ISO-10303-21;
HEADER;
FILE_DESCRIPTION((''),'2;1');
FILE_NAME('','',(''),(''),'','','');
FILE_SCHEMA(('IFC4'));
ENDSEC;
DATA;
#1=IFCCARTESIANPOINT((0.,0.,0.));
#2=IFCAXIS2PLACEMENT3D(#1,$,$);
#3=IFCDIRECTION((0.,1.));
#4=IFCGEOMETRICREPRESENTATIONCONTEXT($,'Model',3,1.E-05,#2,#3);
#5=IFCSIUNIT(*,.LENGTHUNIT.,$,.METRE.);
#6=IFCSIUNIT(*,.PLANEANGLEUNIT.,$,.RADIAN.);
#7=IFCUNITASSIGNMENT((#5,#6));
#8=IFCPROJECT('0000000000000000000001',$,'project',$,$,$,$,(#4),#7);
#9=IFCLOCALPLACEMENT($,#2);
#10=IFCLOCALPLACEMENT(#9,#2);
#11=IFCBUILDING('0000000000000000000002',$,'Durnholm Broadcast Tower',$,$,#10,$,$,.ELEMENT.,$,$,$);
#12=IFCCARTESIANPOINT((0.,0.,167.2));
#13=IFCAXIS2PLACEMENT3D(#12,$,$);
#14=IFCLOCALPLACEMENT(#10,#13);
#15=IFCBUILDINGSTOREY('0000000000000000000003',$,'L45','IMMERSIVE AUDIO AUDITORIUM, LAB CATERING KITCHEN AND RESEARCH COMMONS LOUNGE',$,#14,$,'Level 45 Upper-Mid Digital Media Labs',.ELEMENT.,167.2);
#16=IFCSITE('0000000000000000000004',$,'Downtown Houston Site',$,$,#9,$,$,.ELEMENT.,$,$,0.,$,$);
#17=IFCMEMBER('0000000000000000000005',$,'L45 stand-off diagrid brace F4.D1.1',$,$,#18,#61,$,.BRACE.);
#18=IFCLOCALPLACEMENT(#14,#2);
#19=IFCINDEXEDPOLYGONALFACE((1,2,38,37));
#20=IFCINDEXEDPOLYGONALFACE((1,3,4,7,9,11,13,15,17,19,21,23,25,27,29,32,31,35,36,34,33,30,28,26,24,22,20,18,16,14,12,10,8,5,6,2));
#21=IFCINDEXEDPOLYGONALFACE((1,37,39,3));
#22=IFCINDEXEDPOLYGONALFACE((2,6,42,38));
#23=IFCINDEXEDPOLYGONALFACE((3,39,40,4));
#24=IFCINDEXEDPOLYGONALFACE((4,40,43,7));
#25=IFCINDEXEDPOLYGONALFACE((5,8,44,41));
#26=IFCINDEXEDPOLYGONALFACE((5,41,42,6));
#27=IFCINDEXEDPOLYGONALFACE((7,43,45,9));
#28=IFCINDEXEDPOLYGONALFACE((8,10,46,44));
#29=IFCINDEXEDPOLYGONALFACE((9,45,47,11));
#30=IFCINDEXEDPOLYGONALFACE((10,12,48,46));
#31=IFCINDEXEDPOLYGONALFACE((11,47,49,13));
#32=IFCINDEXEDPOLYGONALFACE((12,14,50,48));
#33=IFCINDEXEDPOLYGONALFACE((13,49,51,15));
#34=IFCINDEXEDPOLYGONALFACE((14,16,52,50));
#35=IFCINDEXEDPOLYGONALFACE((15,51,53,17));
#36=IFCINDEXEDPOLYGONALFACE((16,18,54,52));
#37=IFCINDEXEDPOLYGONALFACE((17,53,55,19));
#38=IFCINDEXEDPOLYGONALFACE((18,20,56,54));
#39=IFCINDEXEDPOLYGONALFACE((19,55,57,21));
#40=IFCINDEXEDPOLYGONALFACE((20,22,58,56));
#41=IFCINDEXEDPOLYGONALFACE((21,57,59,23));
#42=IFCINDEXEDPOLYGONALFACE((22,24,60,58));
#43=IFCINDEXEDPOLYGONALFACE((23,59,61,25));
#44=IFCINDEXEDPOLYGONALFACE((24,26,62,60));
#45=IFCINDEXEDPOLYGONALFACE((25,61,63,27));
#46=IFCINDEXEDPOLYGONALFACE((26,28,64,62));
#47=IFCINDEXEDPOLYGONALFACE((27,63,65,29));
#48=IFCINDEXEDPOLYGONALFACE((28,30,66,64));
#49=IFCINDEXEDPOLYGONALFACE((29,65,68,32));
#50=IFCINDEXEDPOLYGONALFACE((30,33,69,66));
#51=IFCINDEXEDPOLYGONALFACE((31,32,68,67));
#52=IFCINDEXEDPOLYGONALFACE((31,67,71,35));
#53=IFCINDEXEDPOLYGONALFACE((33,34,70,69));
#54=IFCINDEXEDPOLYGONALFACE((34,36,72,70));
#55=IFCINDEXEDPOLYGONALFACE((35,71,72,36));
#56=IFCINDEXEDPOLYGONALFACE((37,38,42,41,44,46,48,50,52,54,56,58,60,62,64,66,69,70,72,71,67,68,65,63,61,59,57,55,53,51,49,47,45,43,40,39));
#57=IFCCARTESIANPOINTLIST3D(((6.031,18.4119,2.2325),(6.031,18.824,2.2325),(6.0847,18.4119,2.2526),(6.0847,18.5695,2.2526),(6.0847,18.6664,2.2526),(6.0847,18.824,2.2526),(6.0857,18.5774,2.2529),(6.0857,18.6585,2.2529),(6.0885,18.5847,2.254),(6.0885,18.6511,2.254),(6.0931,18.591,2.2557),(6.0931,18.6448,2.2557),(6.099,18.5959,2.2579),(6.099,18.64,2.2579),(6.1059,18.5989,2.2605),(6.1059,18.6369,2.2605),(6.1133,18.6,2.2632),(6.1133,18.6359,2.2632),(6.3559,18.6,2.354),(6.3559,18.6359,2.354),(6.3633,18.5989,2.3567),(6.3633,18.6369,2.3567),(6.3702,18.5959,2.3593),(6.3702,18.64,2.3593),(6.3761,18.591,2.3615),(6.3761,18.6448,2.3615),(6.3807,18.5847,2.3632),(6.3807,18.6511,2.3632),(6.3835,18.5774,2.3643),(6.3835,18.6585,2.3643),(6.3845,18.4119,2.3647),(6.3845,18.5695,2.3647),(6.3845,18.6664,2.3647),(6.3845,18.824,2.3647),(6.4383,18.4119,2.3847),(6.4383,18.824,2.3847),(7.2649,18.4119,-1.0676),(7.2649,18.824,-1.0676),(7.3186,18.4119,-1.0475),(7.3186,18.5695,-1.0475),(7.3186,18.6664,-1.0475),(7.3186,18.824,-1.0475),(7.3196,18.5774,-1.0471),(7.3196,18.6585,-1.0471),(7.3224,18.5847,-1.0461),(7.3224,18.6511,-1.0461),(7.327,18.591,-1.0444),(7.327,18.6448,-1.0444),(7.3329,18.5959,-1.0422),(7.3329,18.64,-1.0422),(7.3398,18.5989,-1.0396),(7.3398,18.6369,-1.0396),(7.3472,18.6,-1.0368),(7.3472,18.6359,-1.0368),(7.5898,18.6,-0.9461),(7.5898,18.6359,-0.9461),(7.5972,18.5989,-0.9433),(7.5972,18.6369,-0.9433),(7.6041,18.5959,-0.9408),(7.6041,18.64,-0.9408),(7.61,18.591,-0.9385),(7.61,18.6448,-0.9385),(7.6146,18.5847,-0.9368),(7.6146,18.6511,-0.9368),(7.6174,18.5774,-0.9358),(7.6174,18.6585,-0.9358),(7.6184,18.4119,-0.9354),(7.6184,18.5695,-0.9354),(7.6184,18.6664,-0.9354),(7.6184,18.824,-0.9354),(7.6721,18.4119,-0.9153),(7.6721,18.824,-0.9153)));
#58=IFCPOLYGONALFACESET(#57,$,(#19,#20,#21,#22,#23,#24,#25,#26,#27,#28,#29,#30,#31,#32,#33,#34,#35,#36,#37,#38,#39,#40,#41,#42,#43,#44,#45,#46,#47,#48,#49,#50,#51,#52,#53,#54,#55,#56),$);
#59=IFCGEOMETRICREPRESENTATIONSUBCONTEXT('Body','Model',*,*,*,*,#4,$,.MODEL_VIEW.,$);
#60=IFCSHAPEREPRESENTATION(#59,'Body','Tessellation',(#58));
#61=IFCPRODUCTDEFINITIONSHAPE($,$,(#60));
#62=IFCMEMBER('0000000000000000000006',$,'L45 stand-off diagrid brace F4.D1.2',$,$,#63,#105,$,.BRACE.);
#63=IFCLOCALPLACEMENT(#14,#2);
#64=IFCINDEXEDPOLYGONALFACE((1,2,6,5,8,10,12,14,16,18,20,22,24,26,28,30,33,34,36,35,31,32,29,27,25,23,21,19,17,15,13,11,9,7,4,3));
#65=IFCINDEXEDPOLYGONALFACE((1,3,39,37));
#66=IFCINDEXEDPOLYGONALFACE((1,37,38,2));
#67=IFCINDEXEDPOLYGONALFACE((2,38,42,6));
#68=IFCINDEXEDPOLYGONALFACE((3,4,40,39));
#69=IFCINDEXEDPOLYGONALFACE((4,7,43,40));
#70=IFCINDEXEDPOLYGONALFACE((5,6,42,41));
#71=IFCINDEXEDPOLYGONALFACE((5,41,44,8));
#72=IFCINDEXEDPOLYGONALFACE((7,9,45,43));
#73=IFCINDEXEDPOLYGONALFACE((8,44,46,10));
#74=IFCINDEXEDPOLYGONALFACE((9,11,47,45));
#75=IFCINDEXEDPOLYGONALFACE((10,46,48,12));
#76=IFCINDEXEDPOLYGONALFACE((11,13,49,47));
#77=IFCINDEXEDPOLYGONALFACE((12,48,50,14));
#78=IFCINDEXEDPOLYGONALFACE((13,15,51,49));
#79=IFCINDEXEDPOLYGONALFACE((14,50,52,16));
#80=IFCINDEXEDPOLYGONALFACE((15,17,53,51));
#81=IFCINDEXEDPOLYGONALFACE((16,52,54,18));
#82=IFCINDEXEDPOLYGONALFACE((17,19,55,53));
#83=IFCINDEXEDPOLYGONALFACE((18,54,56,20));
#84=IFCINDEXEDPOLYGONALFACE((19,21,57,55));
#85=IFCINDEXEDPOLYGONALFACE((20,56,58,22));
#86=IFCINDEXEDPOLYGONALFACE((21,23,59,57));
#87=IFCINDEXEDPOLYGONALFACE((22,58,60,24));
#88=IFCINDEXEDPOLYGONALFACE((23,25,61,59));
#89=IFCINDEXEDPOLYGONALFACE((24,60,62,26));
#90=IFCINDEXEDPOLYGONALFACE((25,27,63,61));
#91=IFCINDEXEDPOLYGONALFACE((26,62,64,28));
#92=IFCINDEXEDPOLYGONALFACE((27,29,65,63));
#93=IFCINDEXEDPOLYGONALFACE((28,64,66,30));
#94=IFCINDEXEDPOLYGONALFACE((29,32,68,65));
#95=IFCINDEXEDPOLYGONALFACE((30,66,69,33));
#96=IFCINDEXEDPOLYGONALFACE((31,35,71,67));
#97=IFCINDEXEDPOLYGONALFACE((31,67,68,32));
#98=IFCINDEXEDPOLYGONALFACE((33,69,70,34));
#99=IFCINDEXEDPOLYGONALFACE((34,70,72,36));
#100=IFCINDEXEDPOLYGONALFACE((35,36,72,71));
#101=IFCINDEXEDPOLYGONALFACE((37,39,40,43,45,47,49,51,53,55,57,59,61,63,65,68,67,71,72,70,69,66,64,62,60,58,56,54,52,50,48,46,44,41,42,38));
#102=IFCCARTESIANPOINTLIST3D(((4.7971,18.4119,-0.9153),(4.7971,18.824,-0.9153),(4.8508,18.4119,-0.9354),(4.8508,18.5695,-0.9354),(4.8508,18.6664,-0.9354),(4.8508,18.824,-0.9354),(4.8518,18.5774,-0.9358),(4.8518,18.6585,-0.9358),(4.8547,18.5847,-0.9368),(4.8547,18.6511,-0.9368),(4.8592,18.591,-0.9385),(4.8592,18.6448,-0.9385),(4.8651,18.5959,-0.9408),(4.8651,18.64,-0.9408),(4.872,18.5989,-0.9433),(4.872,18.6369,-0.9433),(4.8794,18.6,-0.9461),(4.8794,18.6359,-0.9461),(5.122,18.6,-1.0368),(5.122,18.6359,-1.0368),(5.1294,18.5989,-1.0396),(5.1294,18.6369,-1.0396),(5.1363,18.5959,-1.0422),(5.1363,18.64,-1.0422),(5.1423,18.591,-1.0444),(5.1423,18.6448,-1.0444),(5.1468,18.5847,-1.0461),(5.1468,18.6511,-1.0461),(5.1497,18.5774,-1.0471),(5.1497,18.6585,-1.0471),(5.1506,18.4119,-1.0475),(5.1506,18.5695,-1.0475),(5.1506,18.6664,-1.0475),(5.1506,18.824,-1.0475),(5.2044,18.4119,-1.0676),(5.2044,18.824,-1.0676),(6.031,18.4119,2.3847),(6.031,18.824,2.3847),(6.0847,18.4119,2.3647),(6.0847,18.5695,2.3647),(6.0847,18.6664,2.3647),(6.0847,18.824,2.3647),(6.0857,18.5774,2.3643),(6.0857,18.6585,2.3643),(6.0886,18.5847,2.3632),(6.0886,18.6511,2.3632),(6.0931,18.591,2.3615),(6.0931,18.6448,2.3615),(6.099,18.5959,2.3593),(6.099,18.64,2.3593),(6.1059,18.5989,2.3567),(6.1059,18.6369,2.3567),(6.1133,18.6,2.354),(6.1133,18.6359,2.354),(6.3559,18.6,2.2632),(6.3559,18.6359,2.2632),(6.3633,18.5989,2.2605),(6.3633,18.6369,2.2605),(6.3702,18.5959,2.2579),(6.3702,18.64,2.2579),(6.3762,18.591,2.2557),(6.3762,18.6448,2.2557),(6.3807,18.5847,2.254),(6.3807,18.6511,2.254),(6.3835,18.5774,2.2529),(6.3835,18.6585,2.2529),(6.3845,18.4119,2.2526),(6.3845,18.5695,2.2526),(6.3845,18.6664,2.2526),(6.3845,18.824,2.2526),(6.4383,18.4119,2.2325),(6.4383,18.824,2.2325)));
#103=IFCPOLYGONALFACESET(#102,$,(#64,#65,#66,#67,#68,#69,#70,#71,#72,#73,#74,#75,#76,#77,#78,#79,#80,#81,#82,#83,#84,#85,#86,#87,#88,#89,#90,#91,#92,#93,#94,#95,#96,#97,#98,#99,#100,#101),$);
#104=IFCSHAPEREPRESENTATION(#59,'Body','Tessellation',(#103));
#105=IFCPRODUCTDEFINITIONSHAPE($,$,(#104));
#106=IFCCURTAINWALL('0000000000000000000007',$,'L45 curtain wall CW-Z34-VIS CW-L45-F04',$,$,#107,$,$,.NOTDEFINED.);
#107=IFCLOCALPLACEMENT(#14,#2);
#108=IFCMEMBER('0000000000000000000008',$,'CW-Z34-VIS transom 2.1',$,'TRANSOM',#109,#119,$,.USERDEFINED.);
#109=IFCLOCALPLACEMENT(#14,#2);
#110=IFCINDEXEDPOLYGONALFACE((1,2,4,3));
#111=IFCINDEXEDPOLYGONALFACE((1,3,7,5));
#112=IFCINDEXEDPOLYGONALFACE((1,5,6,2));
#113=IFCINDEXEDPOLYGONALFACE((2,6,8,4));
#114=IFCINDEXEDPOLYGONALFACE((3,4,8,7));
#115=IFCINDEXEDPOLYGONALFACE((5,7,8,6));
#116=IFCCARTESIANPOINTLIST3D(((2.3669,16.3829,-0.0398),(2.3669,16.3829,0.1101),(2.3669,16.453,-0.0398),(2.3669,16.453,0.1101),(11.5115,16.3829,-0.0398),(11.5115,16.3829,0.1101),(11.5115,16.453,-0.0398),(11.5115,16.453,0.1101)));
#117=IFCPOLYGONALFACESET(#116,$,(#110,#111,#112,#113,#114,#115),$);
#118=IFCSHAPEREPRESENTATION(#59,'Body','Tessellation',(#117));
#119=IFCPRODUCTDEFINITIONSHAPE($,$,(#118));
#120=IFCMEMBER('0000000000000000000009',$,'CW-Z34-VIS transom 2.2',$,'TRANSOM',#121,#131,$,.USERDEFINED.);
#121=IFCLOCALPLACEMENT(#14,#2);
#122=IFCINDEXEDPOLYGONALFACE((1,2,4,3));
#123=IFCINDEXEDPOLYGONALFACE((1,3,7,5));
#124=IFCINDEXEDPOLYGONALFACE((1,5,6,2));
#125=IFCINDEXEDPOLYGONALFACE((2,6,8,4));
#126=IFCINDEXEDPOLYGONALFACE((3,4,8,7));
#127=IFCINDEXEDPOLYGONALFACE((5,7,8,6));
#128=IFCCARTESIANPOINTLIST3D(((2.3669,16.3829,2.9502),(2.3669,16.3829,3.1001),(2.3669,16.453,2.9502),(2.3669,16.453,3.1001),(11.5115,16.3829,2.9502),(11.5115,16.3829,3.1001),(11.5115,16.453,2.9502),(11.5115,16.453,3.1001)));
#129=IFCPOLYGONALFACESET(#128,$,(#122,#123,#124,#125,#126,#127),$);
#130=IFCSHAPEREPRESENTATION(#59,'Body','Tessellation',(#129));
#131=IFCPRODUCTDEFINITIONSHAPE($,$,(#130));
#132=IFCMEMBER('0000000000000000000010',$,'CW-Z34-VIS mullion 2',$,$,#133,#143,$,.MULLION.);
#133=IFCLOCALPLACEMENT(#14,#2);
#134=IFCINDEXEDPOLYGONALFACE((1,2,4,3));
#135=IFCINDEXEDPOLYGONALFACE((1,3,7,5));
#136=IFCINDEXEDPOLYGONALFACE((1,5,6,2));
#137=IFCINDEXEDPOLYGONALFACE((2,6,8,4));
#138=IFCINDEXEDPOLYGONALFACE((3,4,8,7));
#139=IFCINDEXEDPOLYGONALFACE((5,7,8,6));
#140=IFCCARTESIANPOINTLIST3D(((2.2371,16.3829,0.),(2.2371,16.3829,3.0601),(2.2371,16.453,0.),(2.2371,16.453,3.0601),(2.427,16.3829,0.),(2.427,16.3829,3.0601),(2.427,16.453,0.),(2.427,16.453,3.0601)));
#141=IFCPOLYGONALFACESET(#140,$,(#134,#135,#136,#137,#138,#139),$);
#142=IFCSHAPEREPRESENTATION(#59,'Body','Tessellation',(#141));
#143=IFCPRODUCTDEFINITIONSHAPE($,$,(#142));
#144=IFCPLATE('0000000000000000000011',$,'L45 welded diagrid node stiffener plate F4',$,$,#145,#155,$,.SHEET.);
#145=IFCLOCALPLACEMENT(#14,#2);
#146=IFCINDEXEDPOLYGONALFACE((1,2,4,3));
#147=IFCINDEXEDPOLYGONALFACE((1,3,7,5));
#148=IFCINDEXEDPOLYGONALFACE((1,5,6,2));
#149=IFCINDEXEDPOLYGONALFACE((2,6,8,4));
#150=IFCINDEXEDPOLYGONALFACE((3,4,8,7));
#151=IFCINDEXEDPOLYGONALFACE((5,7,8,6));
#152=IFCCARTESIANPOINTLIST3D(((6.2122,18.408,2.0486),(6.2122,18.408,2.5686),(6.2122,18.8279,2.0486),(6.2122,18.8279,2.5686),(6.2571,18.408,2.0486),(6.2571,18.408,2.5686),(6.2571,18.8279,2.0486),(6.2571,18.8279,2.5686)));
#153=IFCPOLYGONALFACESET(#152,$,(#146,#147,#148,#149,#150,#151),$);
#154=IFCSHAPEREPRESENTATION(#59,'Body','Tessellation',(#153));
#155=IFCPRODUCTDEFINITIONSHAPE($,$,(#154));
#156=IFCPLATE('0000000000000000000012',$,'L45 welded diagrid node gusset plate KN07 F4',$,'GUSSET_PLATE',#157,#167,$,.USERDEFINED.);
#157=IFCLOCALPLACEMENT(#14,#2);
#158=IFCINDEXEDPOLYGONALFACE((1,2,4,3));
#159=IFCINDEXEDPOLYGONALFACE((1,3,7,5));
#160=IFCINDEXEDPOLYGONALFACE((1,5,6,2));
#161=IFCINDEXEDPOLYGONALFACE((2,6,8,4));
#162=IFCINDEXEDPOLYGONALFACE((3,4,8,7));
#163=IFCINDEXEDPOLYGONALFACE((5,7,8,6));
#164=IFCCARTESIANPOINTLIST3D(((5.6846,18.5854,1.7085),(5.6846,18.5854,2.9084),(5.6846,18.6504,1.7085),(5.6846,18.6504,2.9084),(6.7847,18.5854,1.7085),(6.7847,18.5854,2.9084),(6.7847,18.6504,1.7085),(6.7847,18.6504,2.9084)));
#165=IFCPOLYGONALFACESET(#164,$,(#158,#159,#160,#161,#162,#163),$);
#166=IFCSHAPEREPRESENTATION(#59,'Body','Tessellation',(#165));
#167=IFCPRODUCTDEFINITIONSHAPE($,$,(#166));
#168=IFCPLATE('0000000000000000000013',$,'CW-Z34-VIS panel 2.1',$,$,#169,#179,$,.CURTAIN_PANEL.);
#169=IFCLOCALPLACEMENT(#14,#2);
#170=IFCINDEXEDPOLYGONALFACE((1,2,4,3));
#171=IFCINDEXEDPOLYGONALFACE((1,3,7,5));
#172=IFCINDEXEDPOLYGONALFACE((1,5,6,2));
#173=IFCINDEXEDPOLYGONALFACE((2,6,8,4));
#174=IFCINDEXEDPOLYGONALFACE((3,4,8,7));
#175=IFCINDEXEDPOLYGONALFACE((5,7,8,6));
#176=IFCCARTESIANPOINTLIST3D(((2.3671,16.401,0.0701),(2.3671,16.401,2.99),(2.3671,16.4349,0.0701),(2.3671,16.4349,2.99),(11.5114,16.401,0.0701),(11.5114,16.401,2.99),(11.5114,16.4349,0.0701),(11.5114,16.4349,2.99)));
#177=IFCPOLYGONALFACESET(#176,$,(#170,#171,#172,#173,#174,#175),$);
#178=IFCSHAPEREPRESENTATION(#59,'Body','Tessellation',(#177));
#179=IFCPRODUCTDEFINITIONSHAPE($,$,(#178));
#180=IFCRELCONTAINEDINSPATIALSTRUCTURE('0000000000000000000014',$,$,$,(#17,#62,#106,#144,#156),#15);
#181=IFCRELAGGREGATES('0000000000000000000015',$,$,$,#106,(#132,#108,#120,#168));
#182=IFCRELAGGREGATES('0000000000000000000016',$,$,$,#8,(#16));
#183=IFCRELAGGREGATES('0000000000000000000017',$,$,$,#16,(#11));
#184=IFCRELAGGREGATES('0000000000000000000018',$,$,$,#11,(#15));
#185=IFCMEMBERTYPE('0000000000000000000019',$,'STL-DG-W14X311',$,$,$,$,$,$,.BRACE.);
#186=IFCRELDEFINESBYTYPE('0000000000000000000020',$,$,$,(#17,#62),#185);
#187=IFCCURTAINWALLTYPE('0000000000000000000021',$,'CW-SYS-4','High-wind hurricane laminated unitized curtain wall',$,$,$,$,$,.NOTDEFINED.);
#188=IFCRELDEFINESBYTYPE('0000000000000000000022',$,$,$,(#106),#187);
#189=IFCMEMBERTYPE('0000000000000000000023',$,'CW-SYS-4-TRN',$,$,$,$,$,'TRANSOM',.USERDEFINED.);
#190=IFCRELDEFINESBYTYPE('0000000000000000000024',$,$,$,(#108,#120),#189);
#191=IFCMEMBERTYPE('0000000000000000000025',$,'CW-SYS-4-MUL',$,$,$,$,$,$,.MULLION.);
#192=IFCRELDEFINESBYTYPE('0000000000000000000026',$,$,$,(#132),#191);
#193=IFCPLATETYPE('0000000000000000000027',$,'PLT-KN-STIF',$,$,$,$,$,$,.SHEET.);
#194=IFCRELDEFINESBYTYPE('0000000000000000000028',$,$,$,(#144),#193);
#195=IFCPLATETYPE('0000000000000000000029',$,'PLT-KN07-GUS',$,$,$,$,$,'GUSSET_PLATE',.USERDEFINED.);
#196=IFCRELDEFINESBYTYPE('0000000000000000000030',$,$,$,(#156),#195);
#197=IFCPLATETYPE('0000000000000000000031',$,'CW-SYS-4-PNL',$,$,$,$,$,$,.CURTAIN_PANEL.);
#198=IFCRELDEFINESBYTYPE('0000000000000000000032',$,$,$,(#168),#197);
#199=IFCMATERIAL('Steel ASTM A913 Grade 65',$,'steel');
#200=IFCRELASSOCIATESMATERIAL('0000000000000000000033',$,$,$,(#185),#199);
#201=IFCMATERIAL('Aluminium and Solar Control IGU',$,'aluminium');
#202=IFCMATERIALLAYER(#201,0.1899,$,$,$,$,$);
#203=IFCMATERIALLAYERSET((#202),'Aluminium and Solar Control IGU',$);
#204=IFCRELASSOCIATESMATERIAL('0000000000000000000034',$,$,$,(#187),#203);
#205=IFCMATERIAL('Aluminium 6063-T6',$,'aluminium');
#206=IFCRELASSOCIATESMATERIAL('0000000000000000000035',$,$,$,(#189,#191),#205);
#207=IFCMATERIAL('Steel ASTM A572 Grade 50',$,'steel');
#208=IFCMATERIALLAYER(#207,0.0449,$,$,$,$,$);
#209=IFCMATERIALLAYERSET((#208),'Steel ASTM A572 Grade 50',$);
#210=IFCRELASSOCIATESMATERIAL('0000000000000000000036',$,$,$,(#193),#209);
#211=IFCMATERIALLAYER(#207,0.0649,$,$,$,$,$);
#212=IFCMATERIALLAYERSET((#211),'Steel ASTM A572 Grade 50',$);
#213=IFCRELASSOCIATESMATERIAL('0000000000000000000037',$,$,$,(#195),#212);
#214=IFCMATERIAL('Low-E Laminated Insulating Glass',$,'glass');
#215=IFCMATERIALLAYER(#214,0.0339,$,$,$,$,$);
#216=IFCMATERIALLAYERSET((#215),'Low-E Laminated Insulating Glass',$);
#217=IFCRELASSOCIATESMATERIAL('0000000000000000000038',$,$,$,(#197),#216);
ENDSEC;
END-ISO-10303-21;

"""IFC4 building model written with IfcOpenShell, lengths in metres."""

from ifc_helpers import new_model, si_unit, direction, frame, origin, origin_2d, place, context, subcontext, project, spatial, rectangle, i_section, extrude, source, transform, mapped, material, layer, layer_set, material_profile, profile_set, type_object, type_shapes, element, aggregate, save


model = new_model("IFC4")

# Units and contexts
model_context = context("Model", 3, precision=1e-05, world=origin(), true_north=direction((0.0, 1.0)))
body_context = subcontext(model_context, "Body", "Model", "MODEL_VIEW")
ifc_project = project(units=[si_unit("LENGTHUNIT", "METRE"), si_unit("PLANEANGLEUNIT", "RADIAN")], contexts=[model_context])

# Site, building, storey
site_placement = place(None, origin())
site = spatial("IfcSite", under=ifc_project, at=site_placement, Name="Downtown Houston Site", CompositionType="ELEMENT", RefElevation=0.0)
building_placement = place(site_placement, origin())
building = spatial("IfcBuilding", under=site, at=building_placement, Name="Durnholm Broadcast Tower", CompositionType="ELEMENT")
storey_placement = place(building_placement, frame((0.0, 0.0, 167.2)))
storey = spatial("IfcBuildingStorey", under=building, at=storey_placement, Name="L45", Description="IMMERSIVE AUDIO AUDITORIUM, LAB CATERING KITCHEN AND RESEARCH COMMONS LOUNGE", LongName="Level 45 Upper-Mid Digital Media Labs", CompositionType="ELEMENT", Elevation=167.2)

# Members
ifc_material_1 = material(Name="Steel ASTM A913 Grade 65", Category="steel")
ifc_material_profile_1 = material_profile(ifc_material_1, i_section(OverallWidth=0.4121, OverallDepth=0.4348, WebThickness=0.0359, FlangeThickness=0.0574, FilletRadius=0.0305, at=origin_2d()), Name="W14X311")
ifc_profile_set_1 = profile_set([ifc_material_profile_1], Name="Steel ASTM A913 Grade 65")
member_type_1 = type_object("IfcMemberType", Name="STL-DG-W14X311", PredefinedType="BRACE", material=ifc_profile_set_1)
shared_shape_1 = source(origin(), body_context, "Body", "SweptSolid", [
    extrude(i_section(OverallWidth=0.4121, OverallDepth=0.4348, WebThickness=0.0359, FlangeThickness=0.0574, FilletRadius=0.0305, at=origin_2d()), origin(), (0.0, 0.0, 1.0), 3.5232),
])
type_shapes(member_type_1, [shared_shape_1])
for number, where, z_axis, x_axis, name in (
    (1, (7.4685, 18.6179, -0.9915), (-0.35022, 0.0, 0.936668), (0.0, -1.0, 0.0), "L45 stand-off diagrid brace F4.D1.1"),
    (2, (5.0007, 18.6179, -0.9915), (0.35022, 0.0, 0.936668), (0.0, 1.0, 0.0), "L45 stand-off diagrid brace F4.D1.2"),
):
    element("IfcMember", number, at=place(storey_placement, frame(where, z_axis=z_axis, x_axis=x_axis)), inside=storey, type_object=member_type_1, Name=name, PredefinedType="BRACE", context=body_context, shape_type="MappedRepresentation", body=[
        mapped(shared_shape_1, transform((0.0, 0.0, 0.0), x_axis=(1.0, 0.0, 0.0), y_axis=(0.0, 1.0, 0.0), z_axis=(0.0, 0.0, 1.0), scale=1.0)),
    ])

# Curtain wall, members
ifc_material_2 = material(Name="Aluminium and Solar Control IGU", Category="aluminium")
ifc_layer_1 = layer(ifc_material_2, 0.1899)
ifc_layer_set_1 = layer_set([ifc_layer_1], Name="Aluminium and Solar Control IGU")
curtain_wall_type = type_object("IfcCurtainWallType", Name="CW-SYS-4", Description="High-wind hurricane laminated unitized curtain wall", PredefinedType="NOTDEFINED", material=ifc_layer_set_1)
curtain_wall_placement = place(storey_placement, origin())
curtain_wall = element("IfcCurtainWall", 3, at=curtain_wall_placement, inside=storey, type_object=curtain_wall_type, Name="L45 curtain wall CW-Z34-VIS CW-L45-F04", PredefinedType="NOTDEFINED")
ifc_material_3 = material(Name="Aluminium 6063-T6", Category="aluminium")
ifc_material_profile_2 = material_profile(ifc_material_3, rectangle(XDim=0.0701, YDim=0.1499, at=origin_2d()), Name="CWT70X150")
ifc_profile_set_2 = profile_set([ifc_material_profile_2], Name="Aluminium 6063-T6")
member_type_2 = type_object("IfcMemberType", Name="CW-SYS-4-TRN", ElementType="TRANSOM", PredefinedType="USERDEFINED", material=ifc_profile_set_2)
shared_shape_2 = source(origin(), body_context, "Body", "SweptSolid", [
    extrude(rectangle(XDim=0.0701, YDim=0.1499, at=origin_2d()), origin(), (0.0, 0.0, 1.0), 9.1445),
])
type_shapes(member_type_2, [shared_shape_2])
member_1_placement = place(storey_placement, frame((2.3669, 16.418, 0.0352), z_axis=(1.0, 0.0, 0.0), x_axis=(0.0, 1.0, 0.0)))
member_1 = element("IfcMember", 4, at=member_1_placement, type_object=member_type_2, Name="CW-Z34-VIS transom 2.1", ObjectType="TRANSOM", PredefinedType="USERDEFINED", context=body_context, shape_type="MappedRepresentation", body=[
    mapped(shared_shape_2, transform((0.0, 0.0, 0.0), x_axis=(1.0, 0.0, 0.0), y_axis=(0.0, 1.0, 0.0), z_axis=(0.0, 0.0, 1.0), scale=1.0)),
])
member_2_placement = place(storey_placement, frame((2.3669, 16.418, 3.0251), z_axis=(1.0, 0.0, 0.0), x_axis=(0.0, 1.0, 0.0)))
member_2 = element("IfcMember", 5, at=member_2_placement, type_object=member_type_2, Name="CW-Z34-VIS transom 2.2", ObjectType="TRANSOM", PredefinedType="USERDEFINED", context=body_context, shape_type="MappedRepresentation", body=[
    mapped(shared_shape_2, transform((0.0, 0.0, 0.0), x_axis=(1.0, 0.0, 0.0), y_axis=(0.0, 1.0, 0.0), z_axis=(0.0, 0.0, 1.0), scale=1.0)),
])
ifc_material_profile_3 = material_profile(ifc_material_3, rectangle(XDim=0.0701, YDim=0.1899, at=origin_2d()), Name="CWM70X190")
ifc_profile_set_3 = profile_set([ifc_material_profile_3], Name="Aluminium 6063-T6")
member_type_3 = type_object("IfcMemberType", Name="CW-SYS-4-MUL", PredefinedType="MULLION", material=ifc_profile_set_3)
shared_shape_3 = source(origin(), body_context, "Body", "SweptSolid", [
    extrude(rectangle(XDim=0.0701, YDim=0.1899, at=origin_2d()), origin(), (0.0, 0.0, 1.0), 3.0601),
])
type_shapes(member_type_3, [shared_shape_3])
member_3_placement = place(storey_placement, frame((2.332, 16.418, 0.0), z_axis=(0.0, 0.0, 1.0), x_axis=(0.0, 1.0, 0.0)))
member_3 = element("IfcMember", 6, at=member_3_placement, type_object=member_type_3, Name="CW-Z34-VIS mullion 2", PredefinedType="MULLION", context=body_context, shape_type="MappedRepresentation", body=[
    mapped(shared_shape_3, transform((0.0, 0.0, 0.0), x_axis=(1.0, 0.0, 0.0), y_axis=(0.0, 1.0, 0.0), z_axis=(0.0, 0.0, 1.0), scale=1.0)),
])

# Plates
ifc_material_4 = material(Name="Steel ASTM A572 Grade 50", Category="steel")
ifc_layer_2 = layer(ifc_material_4, 0.0449)
ifc_layer_set_2 = layer_set([ifc_layer_2], Name="Steel ASTM A572 Grade 50")
plate_type_1 = type_object("IfcPlateType", Name="PLT-KN-STIF", PredefinedType="SHEET", material=ifc_layer_set_2)
shared_shape_4 = source(origin(), body_context, "Body", "SweptSolid", [
    extrude(rectangle(XDim=0.0449, YDim=0.4199, at=origin_2d()), origin(), (0.0, 0.0, 1.0), 0.52),
])
type_shapes(plate_type_1, [shared_shape_4])
plate_1_placement = place(storey_placement, frame((6.2346, 18.6179, 2.0486), z_axis=(0.0, 0.0, 1.0), x_axis=(-1.0, 0.0, 0.0)))
element("IfcPlate", 7, at=plate_1_placement, inside=storey, type_object=plate_type_1, Name="L45 welded diagrid node stiffener plate F4", PredefinedType="SHEET", context=body_context, shape_type="MappedRepresentation", body=[
    mapped(shared_shape_4, transform((0.0, 0.0, 0.0), x_axis=(1.0, 0.0, 0.0), y_axis=(0.0, 1.0, 0.0), z_axis=(0.0, 0.0, 1.0), scale=1.0)),
])
ifc_layer_3 = layer(ifc_material_4, 0.0649)
ifc_layer_set_3 = layer_set([ifc_layer_3], Name="Steel ASTM A572 Grade 50")
plate_type_2 = type_object("IfcPlateType", Name="PLT-KN07-GUS", ElementType="GUSSET_PLATE", PredefinedType="USERDEFINED", material=ifc_layer_set_3)
shared_shape_5 = source(origin(), body_context, "Body", "SweptSolid", [
    extrude(rectangle(XDim=1.1001, YDim=0.0649, at=origin_2d()), origin(), (0.0, 0.0, 1.0), 1.2),
])
type_shapes(plate_type_2, [shared_shape_5])
plate_2_placement = place(storey_placement, frame((6.2346, 18.6179, 1.7085), z_axis=(0.0, 0.0, 1.0), x_axis=(-1.0, 0.0, 0.0)))
element("IfcPlate", 8, at=plate_2_placement, inside=storey, type_object=plate_type_2, Name="L45 welded diagrid node gusset plate KN07 F4", ObjectType="GUSSET_PLATE", PredefinedType="USERDEFINED", context=body_context, shape_type="MappedRepresentation", body=[
    mapped(shared_shape_5, transform((0.0, 0.0, 0.0), x_axis=(1.0, 0.0, 0.0), y_axis=(0.0, 1.0, 0.0), z_axis=(0.0, 0.0, 1.0), scale=1.0)),
])

# Plate
ifc_material_5 = material(Name="Low-E Laminated Insulating Glass", Category="glass")
ifc_layer_4 = layer(ifc_material_5, 0.0339)
ifc_layer_set_4 = layer_set([ifc_layer_4], Name="Low-E Laminated Insulating Glass")
plate_type_3 = type_object("IfcPlateType", Name="CW-SYS-4-PNL", PredefinedType="CURTAIN_PANEL", material=ifc_layer_set_4)
shared_shape_6 = source(origin(), body_context, "Body", "SweptSolid", [
    extrude(rectangle(XDim=9.1443, YDim=0.0339, at=origin_2d()), origin(), (0.0, 0.0, 1.0), 2.9199),
])
type_shapes(plate_type_3, [shared_shape_6])
plate_3_placement = place(storey_placement, frame((6.9392, 16.418, 0.0701), z_axis=(0.0, 0.0, 1.0), x_axis=(1.0, 0.0, 0.0)))
plate_3 = element("IfcPlate", 9, at=plate_3_placement, type_object=plate_type_3, Name="CW-Z34-VIS panel 2.1", PredefinedType="CURTAIN_PANEL", context=body_context, shape_type="MappedRepresentation", body=[
    mapped(shared_shape_6, transform((0.0, 0.0, 0.0), x_axis=(1.0, 0.0, 0.0), y_axis=(0.0, 1.0, 0.0), z_axis=(0.0, 0.0, 1.0), scale=1.0)),
])
aggregate(curtain_wall, [member_3, member_1, member_2, plate_3])

save(model, "model.ifc")
